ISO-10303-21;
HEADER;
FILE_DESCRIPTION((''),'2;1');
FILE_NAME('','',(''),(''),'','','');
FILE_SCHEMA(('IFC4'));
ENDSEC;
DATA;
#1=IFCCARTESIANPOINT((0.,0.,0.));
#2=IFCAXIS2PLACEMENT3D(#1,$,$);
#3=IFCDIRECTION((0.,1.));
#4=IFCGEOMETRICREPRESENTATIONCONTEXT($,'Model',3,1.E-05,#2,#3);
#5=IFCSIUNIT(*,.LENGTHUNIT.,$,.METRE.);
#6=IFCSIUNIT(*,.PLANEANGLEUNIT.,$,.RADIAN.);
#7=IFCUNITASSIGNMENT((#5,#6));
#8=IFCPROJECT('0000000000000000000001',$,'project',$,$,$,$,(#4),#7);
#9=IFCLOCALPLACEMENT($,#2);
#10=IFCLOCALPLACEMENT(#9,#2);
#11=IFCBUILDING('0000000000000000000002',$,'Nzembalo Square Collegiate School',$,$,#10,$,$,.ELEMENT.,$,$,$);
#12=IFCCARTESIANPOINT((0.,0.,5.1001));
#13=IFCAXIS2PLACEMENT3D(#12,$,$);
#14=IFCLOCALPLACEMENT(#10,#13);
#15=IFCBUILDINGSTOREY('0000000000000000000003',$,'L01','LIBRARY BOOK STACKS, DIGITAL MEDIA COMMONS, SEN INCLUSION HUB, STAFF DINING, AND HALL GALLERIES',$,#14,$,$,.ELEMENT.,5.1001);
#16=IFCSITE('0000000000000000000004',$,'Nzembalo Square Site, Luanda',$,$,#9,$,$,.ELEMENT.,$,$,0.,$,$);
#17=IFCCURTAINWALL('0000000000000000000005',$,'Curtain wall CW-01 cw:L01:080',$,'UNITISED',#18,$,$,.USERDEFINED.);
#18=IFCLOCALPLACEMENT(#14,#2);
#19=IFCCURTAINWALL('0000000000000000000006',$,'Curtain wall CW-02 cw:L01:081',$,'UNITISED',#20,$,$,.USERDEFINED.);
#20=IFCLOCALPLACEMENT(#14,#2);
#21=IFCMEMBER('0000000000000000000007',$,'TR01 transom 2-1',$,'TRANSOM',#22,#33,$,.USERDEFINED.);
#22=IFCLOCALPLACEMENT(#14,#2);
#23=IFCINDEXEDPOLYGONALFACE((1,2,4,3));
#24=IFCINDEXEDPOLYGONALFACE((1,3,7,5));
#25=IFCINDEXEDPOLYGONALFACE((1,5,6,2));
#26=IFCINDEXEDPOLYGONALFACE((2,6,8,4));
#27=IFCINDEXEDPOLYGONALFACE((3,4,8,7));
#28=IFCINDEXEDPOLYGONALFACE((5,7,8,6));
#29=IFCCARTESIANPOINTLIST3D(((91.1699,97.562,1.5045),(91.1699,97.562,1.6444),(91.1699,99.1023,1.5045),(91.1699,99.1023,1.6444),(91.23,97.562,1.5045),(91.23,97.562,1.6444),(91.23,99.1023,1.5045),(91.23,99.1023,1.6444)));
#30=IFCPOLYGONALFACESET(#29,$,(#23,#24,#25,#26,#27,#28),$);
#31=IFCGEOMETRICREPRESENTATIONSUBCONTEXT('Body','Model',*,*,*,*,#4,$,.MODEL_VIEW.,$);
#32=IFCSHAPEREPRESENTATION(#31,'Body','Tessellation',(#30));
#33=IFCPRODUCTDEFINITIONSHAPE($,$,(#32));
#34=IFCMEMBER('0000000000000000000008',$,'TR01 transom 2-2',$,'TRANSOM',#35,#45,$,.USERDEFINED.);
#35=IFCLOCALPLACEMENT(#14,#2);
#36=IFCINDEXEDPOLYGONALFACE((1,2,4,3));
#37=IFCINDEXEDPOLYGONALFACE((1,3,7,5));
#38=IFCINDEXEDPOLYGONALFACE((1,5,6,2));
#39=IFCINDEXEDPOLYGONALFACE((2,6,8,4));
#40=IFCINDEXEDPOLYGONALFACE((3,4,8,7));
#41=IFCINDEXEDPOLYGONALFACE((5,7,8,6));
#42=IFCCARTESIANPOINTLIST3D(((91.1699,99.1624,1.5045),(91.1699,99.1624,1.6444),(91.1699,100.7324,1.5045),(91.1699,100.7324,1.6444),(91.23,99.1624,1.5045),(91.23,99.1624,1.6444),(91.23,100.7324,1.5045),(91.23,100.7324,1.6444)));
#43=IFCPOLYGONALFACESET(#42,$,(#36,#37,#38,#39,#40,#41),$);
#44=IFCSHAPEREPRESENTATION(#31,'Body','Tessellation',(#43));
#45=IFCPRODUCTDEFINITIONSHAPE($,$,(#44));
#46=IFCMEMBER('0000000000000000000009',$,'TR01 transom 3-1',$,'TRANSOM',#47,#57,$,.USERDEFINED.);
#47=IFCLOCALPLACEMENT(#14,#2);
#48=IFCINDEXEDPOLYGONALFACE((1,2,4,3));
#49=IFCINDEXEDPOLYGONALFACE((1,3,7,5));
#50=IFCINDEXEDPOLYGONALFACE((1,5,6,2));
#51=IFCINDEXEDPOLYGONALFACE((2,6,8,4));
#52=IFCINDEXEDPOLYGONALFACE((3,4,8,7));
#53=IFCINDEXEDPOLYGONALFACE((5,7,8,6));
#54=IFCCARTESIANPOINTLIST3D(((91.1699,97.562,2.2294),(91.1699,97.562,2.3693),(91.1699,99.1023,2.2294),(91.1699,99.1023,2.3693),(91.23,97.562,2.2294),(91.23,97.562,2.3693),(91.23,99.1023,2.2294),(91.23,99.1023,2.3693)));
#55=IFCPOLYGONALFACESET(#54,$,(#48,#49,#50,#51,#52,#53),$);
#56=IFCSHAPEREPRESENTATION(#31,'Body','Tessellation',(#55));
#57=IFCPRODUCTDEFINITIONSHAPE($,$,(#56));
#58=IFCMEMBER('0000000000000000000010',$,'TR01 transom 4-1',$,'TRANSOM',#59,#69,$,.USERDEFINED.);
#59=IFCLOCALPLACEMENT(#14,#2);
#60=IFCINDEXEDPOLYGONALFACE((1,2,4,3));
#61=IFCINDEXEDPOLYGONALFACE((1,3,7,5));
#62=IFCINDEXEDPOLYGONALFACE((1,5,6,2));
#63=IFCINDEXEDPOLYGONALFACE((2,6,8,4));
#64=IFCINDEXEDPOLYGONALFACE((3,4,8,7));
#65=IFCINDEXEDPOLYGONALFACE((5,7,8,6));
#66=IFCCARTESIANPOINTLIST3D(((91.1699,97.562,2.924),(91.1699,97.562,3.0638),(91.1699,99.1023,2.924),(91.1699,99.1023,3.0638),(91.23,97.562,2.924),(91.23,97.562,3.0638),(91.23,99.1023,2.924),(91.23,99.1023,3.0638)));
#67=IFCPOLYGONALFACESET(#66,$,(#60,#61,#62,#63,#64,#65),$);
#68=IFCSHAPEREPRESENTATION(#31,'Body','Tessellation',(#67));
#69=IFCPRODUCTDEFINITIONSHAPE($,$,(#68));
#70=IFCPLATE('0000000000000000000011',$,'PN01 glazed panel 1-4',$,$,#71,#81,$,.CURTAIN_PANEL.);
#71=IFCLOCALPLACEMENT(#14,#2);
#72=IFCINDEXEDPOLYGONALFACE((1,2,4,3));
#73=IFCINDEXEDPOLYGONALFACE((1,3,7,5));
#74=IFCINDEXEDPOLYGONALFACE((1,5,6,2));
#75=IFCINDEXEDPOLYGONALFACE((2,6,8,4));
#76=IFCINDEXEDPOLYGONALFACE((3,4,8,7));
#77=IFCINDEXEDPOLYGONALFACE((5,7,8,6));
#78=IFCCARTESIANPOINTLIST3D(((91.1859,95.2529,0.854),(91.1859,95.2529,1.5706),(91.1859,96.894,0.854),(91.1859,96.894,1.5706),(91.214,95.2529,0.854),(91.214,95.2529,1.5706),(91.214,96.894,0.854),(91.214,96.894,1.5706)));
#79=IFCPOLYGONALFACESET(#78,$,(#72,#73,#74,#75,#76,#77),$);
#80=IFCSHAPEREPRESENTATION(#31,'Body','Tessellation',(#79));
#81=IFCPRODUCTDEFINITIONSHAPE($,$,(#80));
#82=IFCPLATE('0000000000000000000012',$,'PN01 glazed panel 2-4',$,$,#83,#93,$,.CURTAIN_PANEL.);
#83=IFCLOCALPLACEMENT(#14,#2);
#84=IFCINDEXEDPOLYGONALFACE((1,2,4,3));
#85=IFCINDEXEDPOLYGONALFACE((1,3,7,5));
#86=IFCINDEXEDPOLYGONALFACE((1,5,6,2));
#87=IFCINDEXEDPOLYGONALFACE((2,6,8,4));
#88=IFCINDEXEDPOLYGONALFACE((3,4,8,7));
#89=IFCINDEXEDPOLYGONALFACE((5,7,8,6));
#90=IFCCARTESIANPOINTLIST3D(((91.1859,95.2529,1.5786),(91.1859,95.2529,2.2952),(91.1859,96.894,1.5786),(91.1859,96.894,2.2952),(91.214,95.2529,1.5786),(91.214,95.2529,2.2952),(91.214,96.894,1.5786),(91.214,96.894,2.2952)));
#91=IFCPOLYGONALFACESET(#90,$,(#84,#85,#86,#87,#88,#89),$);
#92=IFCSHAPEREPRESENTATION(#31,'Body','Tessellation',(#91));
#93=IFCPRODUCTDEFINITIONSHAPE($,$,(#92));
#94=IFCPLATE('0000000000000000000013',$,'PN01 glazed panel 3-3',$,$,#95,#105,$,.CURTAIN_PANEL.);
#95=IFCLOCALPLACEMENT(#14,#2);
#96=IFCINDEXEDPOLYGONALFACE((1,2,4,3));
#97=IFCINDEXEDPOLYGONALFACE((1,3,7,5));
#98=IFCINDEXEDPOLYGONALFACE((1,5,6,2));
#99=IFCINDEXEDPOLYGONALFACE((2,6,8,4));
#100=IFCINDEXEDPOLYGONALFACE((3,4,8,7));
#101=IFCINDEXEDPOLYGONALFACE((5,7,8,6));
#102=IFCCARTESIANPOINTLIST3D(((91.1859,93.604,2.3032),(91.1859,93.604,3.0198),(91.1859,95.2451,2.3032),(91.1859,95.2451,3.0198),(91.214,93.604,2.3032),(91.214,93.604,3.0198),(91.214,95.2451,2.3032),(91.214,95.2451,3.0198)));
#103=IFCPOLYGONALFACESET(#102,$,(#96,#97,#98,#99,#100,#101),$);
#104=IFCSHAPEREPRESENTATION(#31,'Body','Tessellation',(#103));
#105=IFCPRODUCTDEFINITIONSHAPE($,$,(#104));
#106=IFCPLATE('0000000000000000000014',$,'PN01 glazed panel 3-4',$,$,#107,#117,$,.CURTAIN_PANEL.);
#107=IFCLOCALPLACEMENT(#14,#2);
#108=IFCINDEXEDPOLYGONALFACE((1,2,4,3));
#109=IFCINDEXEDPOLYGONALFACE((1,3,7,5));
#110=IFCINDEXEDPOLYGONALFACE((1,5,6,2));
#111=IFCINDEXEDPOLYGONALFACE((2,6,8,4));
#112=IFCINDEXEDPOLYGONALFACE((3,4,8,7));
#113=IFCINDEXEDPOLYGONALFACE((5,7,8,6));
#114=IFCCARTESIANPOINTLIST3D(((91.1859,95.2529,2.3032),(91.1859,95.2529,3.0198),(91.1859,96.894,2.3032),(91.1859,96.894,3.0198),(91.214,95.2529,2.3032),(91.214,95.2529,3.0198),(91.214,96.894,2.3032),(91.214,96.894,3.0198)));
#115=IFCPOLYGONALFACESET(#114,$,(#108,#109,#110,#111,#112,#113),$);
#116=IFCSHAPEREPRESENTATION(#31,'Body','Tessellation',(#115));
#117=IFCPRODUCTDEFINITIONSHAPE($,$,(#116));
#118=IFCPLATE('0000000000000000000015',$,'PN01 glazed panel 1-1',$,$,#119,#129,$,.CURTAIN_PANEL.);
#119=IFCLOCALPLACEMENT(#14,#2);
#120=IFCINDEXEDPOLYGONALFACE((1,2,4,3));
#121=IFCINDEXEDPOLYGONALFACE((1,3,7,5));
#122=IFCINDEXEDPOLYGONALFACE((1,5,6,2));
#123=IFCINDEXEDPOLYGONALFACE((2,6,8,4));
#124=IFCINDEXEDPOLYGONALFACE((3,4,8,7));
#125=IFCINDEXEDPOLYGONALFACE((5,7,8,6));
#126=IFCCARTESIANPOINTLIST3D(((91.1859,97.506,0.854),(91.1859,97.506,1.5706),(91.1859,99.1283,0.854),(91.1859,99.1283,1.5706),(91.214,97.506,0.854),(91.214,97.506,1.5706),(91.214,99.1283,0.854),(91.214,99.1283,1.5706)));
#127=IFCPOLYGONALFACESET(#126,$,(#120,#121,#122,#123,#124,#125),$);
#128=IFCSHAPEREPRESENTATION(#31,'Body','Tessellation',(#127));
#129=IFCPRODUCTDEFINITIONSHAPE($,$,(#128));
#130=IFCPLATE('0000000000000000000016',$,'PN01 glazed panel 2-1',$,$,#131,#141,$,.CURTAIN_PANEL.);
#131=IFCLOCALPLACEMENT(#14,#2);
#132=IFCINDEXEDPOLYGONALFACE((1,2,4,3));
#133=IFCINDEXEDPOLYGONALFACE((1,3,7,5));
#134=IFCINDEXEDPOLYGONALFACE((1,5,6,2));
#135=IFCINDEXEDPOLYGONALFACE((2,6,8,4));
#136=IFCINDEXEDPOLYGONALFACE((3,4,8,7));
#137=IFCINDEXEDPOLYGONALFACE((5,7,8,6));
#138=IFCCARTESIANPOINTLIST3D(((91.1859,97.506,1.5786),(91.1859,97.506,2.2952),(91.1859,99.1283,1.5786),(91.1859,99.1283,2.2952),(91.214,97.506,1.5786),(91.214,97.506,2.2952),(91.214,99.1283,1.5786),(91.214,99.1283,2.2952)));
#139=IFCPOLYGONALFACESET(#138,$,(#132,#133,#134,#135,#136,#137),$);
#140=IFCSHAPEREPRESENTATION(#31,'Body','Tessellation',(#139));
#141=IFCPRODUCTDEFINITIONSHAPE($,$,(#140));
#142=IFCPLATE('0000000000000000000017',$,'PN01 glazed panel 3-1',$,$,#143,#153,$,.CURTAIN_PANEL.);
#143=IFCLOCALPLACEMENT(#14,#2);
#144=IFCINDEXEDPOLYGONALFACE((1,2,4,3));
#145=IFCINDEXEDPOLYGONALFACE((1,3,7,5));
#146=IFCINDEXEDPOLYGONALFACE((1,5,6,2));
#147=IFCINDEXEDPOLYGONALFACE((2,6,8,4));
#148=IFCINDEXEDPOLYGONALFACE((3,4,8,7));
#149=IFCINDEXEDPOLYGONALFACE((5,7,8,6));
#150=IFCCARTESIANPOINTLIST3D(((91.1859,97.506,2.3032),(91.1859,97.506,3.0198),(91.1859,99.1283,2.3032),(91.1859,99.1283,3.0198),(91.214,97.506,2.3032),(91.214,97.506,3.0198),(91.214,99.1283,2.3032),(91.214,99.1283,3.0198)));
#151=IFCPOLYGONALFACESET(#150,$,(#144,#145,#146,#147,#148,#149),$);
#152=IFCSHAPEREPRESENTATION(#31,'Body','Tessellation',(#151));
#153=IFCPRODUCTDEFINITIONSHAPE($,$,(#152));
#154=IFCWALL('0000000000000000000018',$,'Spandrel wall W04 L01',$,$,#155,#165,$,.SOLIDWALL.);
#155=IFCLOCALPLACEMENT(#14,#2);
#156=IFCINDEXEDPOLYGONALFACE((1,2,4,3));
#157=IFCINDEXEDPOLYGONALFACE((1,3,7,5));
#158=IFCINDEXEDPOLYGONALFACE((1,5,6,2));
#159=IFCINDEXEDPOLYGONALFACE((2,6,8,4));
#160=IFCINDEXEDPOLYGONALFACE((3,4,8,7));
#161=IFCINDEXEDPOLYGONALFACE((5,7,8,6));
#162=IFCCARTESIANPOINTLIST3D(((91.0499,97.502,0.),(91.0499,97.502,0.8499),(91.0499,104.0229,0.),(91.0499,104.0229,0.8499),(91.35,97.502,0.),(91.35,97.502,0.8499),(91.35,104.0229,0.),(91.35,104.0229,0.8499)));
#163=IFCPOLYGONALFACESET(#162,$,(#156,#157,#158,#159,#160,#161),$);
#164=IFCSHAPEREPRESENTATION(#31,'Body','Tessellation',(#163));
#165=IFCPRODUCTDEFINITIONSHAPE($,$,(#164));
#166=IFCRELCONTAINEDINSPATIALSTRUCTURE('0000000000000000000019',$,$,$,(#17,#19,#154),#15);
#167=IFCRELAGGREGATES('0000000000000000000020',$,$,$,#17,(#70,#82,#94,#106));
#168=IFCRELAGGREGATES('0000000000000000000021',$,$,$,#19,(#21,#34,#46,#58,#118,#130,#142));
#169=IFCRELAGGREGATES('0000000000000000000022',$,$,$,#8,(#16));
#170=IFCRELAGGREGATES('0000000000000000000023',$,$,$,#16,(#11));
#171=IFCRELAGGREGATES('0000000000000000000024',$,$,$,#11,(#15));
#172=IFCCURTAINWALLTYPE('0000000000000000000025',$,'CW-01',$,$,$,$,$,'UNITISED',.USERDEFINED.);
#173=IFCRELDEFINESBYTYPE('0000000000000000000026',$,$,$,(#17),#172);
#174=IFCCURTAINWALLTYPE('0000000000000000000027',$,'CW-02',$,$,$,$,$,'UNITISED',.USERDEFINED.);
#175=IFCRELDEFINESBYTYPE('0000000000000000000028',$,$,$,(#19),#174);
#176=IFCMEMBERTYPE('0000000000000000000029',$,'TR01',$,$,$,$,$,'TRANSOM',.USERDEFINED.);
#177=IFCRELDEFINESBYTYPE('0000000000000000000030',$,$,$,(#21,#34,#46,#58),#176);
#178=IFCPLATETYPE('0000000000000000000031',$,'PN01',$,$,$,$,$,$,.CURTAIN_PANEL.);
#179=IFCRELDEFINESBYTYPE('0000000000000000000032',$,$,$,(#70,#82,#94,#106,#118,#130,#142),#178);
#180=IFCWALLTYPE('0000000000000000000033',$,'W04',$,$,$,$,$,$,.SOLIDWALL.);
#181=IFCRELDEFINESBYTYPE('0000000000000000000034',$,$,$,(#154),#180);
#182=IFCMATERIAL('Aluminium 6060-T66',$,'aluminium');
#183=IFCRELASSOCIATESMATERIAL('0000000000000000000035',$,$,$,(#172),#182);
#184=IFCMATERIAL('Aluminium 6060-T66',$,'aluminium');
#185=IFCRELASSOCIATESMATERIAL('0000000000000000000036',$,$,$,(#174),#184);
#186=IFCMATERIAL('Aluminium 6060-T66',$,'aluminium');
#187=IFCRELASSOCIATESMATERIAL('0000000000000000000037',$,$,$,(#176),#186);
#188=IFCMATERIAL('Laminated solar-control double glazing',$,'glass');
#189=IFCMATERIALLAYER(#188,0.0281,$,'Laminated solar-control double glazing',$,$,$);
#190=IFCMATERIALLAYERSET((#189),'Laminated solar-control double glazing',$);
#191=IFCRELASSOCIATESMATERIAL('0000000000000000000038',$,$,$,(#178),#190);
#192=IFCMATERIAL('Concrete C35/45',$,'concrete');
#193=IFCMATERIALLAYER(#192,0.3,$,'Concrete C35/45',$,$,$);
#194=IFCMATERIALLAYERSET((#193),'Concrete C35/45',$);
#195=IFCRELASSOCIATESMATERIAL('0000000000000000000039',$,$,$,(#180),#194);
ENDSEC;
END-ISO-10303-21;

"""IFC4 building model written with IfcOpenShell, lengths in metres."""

from ifc_helpers import new_model, si_unit, direction, frame, frame_2d, origin, origin_2d, place, context, subcontext, project, spatial, rectangle, extrude, material, layer, layer_set, material_profile, profile_set, type_object, element, aggregate, save


model = new_model("IFC4")

# Units and contexts
model_context = context("Model", 3, precision=1e-05, world=origin(), true_north=direction((0.0, 1.0)))
body_context = subcontext(model_context, "Body", "Model", "MODEL_VIEW")
ifc_project = project(units=[si_unit("LENGTHUNIT", "METRE"), si_unit("PLANEANGLEUNIT", "RADIAN")], contexts=[model_context])

# Site, building, storey
site_placement = place(None, origin())
site = spatial("IfcSite", under=ifc_project, at=site_placement, Name="Nzembalo Square Site, Luanda", CompositionType="ELEMENT", RefElevation=0.0)
building_placement = place(site_placement, origin())
building = spatial("IfcBuilding", under=site, at=building_placement, Name="Nzembalo Square Collegiate School", CompositionType="ELEMENT")
storey_placement = place(building_placement, frame((0.0, 0.0, 5.1001)))
storey = spatial("IfcBuildingStorey", under=building, at=storey_placement, Name="L01", Description="LIBRARY BOOK STACKS, DIGITAL MEDIA COMMONS, SEN INCLUSION HUB, STAFF DINING, AND HALL GALLERIES", CompositionType="ELEMENT", Elevation=5.1001)

# Curtain walls
ifc_material_1 = material(Name="Aluminium 6060-T66", Category="aluminium")
curtain_wall_type_1 = type_object("IfcCurtainWallType", Name="CW-01", ElementType="UNITISED", PredefinedType="USERDEFINED", material=ifc_material_1)
curtain_wall_1_placement = place(storey_placement, origin())
curtain_wall_1 = element("IfcCurtainWall", 1, at=curtain_wall_1_placement, inside=storey, type_object=curtain_wall_type_1, Name="Curtain wall CW-01 cw:L01:080", ObjectType="UNITISED", PredefinedType="USERDEFINED")
ifc_material_2 = material(Name="Aluminium 6060-T66", Category="aluminium")
curtain_wall_type_2 = type_object("IfcCurtainWallType", Name="CW-02", ElementType="UNITISED", PredefinedType="USERDEFINED", material=ifc_material_2)
curtain_wall_2_placement = place(storey_placement, origin())
curtain_wall_2 = element("IfcCurtainWall", 2, at=curtain_wall_2_placement, inside=storey, type_object=curtain_wall_type_2, Name="Curtain wall CW-02 cw:L01:081", ObjectType="UNITISED", PredefinedType="USERDEFINED")

# Members
ifc_material_3 = material(Name="Aluminium 6060-T66", Category="aluminium")
ifc_material_profile_1 = material_profile(ifc_material_3, rectangle(XDim=0.0601, YDim=0.1399, at=origin_2d()), Name="ALU T60x140")
ifc_profile_set_1 = profile_set([ifc_material_profile_1], Name="Aluminium 6060-T66")
member_type_1 = type_object("IfcMemberType", Name="TR01", ElementType="TRANSOM", PredefinedType="USERDEFINED", material=ifc_profile_set_1)
member_1_placement = place(storey_placement, frame((91.2, 97.562, 1.5745), z_axis=(0.0, 1.0, 0.0), x_axis=(-1.0, 0.0, 0.0)))
member_1 = element("IfcMember", 3, at=member_1_placement, type_object=member_type_1, Name="TR01 transom 2-1", ObjectType="TRANSOM", PredefinedType="USERDEFINED", context=body_context, shape_type="SweptSolid", body=[
    extrude(rectangle(XDim=0.0601, YDim=0.1399, at=origin_2d()), origin(), (0.0, 0.0, 1.0), 1.5403),
])
member_2_placement = place(storey_placement, frame((91.2, 99.1624, 1.5745), z_axis=(0.0, 1.0, 0.0), x_axis=(-1.0, 0.0, 0.0)))
member_2 = element("IfcMember", 4, at=member_2_placement, type_object=member_type_1, Name="TR01 transom 2-2", ObjectType="TRANSOM", PredefinedType="USERDEFINED", context=body_context, shape_type="SweptSolid", body=[
    extrude(rectangle(XDim=0.0601, YDim=0.1399, at=origin_2d()), origin(), (0.0, 0.0, 1.0), 1.5701),
])
member_3_placement = place(storey_placement, frame((91.2, 97.562, 2.2993), z_axis=(0.0, 1.0, 0.0), x_axis=(-1.0, 0.0, 0.0)))
member_3 = element("IfcMember", 5, at=member_3_placement, type_object=member_type_1, Name="TR01 transom 3-1", ObjectType="TRANSOM", PredefinedType="USERDEFINED", context=body_context, shape_type="SweptSolid", body=[
    extrude(rectangle(XDim=0.0601, YDim=0.1399, at=origin_2d()), origin(), (0.0, 0.0, 1.0), 1.5403),
])
member_4_placement = place(storey_placement, frame((91.2, 97.562, 2.9939), z_axis=(0.0, 1.0, 0.0), x_axis=(-1.0, 0.0, 0.0)))
member_4 = element("IfcMember", 6, at=member_4_placement, type_object=member_type_1, Name="TR01 transom 4-1", ObjectType="TRANSOM", PredefinedType="USERDEFINED", context=body_context, shape_type="SweptSolid", body=[
    extrude(rectangle(XDim=0.0601, YDim=0.1399, at=origin_2d()), origin(), (0.0, 0.0, 1.0), 1.5403),
])

# Plates
ifc_material_4 = material(Name="Laminated solar-control double glazing", Category="glass")
ifc_layer_1 = layer(ifc_material_4, 0.0281, Name="Laminated solar-control double glazing")
ifc_layer_set_1 = layer_set([ifc_layer_1], Name="Laminated solar-control double glazing")
plate_type = type_object("IfcPlateType", Name="PN01", PredefinedType="CURTAIN_PANEL", material=ifc_layer_set_1)
plate_1_placement = place(storey_placement, frame((91.2, 96.0735, 0.854), z_axis=(0.0, 0.0, 1.0), x_axis=(0.0, 1.0, 0.0)))
plate_1 = element("IfcPlate", 7, at=plate_1_placement, type_object=plate_type, Name="PN01 glazed panel 1-4", PredefinedType="CURTAIN_PANEL", context=body_context, shape_type="SweptSolid", body=[
    extrude(rectangle(XDim=1.6411, YDim=0.0281, at=origin_2d()), origin(), (0.0, 0.0, 1.0), 0.7166),
])
plate_2_placement = place(storey_placement, frame((91.2, 96.0735, 1.5786), z_axis=(0.0, 0.0, 1.0), x_axis=(0.0, 1.0, 0.0)))
plate_2 = element("IfcPlate", 8, at=plate_2_placement, type_object=plate_type, Name="PN01 glazed panel 2-4", PredefinedType="CURTAIN_PANEL", context=body_context, shape_type="SweptSolid", body=[
    extrude(rectangle(XDim=1.6411, YDim=0.0281, at=origin_2d()), origin(), (0.0, 0.0, 1.0), 0.7166),
])
plate_3_placement = place(storey_placement, frame((91.2, 94.4246, 2.3032), z_axis=(0.0, 0.0, 1.0), x_axis=(0.0, 1.0, 0.0)))
plate_3 = element("IfcPlate", 9, at=plate_3_placement, type_object=plate_type, Name="PN01 glazed panel 3-3", PredefinedType="CURTAIN_PANEL", context=body_context, shape_type="SweptSolid", body=[
    extrude(rectangle(XDim=1.6411, YDim=0.0281, at=origin_2d()), origin(), (0.0, 0.0, 1.0), 0.7166),
])
plate_4_placement = place(storey_placement, frame((91.2, 96.0735, 2.3032), z_axis=(0.0, 0.0, 1.0), x_axis=(0.0, 1.0, 0.0)))
plate_4 = element("IfcPlate", 10, at=plate_4_placement, type_object=plate_type, Name="PN01 glazed panel 3-4", PredefinedType="CURTAIN_PANEL", context=body_context, shape_type="SweptSolid", body=[
    extrude(rectangle(XDim=1.6411, YDim=0.0281, at=origin_2d()), origin(), (0.0, 0.0, 1.0), 0.7166),
])
aggregate(curtain_wall_1, [plate_1, plate_2, plate_3, plate_4])
plate_5_placement = place(storey_placement, frame((91.2, 98.3171, 0.854), z_axis=(0.0, 0.0, 1.0), x_axis=(0.0, 1.0, 0.0)))
plate_5 = element("IfcPlate", 11, at=plate_5_placement, type_object=plate_type, Name="PN01 glazed panel 1-1", PredefinedType="CURTAIN_PANEL", context=body_context, shape_type="SweptSolid", body=[
    extrude(rectangle(XDim=1.6223, YDim=0.0281, at=origin_2d()), origin(), (0.0, 0.0, 1.0), 0.7166),
])
plate_6_placement = place(storey_placement, frame((91.2, 98.3171, 1.5786), z_axis=(0.0, 0.0, 1.0), x_axis=(0.0, 1.0, 0.0)))
plate_6 = element("IfcPlate", 12, at=plate_6_placement, type_object=plate_type, Name="PN01 glazed panel 2-1", PredefinedType="CURTAIN_PANEL", context=body_context, shape_type="SweptSolid", body=[
    extrude(rectangle(XDim=1.6223, YDim=0.0281, at=origin_2d()), origin(), (0.0, 0.0, 1.0), 0.7166),
])
plate_7_placement = place(storey_placement, frame((91.2, 98.3171, 2.3032), z_axis=(0.0, 0.0, 1.0), x_axis=(0.0, 1.0, 0.0)))
plate_7 = element("IfcPlate", 13, at=plate_7_placement, type_object=plate_type, Name="PN01 glazed panel 3-1", PredefinedType="CURTAIN_PANEL", context=body_context, shape_type="SweptSolid", body=[
    extrude(rectangle(XDim=1.6223, YDim=0.0281, at=origin_2d()), origin(), (0.0, 0.0, 1.0), 0.7166),
])
aggregate(curtain_wall_2, [member_1, member_2, member_3, member_4, plate_5, plate_6, plate_7])

# Wall
ifc_material_5 = material(Name="Concrete C35/45", Category="concrete")
ifc_layer_2 = layer(ifc_material_5, 0.3, Name="Concrete C35/45")
ifc_layer_set_2 = layer_set([ifc_layer_2], Name="Concrete C35/45")
wall_type = type_object("IfcWallType", Name="W04", PredefinedType="SOLIDWALL", material=ifc_layer_set_2)
wall_placement = place(storey_placement, frame((91.2, 97.502, 0.0), z_axis=(0.0, 0.0, 1.0), x_axis=(0.0, 1.0, 0.0)))
element("IfcWall", 14, at=wall_placement, inside=storey, type_object=wall_type, Name="Spandrel wall W04 L01", PredefinedType="SOLIDWALL", context=body_context, shape_type="SweptSolid", body=[
    extrude(rectangle(XDim=6.521, YDim=0.3, at=frame_2d((3.2605, 0.0))), origin(), (0.0, 0.0, 1.0), 0.8499),
])

save(model, "model.ifc")
